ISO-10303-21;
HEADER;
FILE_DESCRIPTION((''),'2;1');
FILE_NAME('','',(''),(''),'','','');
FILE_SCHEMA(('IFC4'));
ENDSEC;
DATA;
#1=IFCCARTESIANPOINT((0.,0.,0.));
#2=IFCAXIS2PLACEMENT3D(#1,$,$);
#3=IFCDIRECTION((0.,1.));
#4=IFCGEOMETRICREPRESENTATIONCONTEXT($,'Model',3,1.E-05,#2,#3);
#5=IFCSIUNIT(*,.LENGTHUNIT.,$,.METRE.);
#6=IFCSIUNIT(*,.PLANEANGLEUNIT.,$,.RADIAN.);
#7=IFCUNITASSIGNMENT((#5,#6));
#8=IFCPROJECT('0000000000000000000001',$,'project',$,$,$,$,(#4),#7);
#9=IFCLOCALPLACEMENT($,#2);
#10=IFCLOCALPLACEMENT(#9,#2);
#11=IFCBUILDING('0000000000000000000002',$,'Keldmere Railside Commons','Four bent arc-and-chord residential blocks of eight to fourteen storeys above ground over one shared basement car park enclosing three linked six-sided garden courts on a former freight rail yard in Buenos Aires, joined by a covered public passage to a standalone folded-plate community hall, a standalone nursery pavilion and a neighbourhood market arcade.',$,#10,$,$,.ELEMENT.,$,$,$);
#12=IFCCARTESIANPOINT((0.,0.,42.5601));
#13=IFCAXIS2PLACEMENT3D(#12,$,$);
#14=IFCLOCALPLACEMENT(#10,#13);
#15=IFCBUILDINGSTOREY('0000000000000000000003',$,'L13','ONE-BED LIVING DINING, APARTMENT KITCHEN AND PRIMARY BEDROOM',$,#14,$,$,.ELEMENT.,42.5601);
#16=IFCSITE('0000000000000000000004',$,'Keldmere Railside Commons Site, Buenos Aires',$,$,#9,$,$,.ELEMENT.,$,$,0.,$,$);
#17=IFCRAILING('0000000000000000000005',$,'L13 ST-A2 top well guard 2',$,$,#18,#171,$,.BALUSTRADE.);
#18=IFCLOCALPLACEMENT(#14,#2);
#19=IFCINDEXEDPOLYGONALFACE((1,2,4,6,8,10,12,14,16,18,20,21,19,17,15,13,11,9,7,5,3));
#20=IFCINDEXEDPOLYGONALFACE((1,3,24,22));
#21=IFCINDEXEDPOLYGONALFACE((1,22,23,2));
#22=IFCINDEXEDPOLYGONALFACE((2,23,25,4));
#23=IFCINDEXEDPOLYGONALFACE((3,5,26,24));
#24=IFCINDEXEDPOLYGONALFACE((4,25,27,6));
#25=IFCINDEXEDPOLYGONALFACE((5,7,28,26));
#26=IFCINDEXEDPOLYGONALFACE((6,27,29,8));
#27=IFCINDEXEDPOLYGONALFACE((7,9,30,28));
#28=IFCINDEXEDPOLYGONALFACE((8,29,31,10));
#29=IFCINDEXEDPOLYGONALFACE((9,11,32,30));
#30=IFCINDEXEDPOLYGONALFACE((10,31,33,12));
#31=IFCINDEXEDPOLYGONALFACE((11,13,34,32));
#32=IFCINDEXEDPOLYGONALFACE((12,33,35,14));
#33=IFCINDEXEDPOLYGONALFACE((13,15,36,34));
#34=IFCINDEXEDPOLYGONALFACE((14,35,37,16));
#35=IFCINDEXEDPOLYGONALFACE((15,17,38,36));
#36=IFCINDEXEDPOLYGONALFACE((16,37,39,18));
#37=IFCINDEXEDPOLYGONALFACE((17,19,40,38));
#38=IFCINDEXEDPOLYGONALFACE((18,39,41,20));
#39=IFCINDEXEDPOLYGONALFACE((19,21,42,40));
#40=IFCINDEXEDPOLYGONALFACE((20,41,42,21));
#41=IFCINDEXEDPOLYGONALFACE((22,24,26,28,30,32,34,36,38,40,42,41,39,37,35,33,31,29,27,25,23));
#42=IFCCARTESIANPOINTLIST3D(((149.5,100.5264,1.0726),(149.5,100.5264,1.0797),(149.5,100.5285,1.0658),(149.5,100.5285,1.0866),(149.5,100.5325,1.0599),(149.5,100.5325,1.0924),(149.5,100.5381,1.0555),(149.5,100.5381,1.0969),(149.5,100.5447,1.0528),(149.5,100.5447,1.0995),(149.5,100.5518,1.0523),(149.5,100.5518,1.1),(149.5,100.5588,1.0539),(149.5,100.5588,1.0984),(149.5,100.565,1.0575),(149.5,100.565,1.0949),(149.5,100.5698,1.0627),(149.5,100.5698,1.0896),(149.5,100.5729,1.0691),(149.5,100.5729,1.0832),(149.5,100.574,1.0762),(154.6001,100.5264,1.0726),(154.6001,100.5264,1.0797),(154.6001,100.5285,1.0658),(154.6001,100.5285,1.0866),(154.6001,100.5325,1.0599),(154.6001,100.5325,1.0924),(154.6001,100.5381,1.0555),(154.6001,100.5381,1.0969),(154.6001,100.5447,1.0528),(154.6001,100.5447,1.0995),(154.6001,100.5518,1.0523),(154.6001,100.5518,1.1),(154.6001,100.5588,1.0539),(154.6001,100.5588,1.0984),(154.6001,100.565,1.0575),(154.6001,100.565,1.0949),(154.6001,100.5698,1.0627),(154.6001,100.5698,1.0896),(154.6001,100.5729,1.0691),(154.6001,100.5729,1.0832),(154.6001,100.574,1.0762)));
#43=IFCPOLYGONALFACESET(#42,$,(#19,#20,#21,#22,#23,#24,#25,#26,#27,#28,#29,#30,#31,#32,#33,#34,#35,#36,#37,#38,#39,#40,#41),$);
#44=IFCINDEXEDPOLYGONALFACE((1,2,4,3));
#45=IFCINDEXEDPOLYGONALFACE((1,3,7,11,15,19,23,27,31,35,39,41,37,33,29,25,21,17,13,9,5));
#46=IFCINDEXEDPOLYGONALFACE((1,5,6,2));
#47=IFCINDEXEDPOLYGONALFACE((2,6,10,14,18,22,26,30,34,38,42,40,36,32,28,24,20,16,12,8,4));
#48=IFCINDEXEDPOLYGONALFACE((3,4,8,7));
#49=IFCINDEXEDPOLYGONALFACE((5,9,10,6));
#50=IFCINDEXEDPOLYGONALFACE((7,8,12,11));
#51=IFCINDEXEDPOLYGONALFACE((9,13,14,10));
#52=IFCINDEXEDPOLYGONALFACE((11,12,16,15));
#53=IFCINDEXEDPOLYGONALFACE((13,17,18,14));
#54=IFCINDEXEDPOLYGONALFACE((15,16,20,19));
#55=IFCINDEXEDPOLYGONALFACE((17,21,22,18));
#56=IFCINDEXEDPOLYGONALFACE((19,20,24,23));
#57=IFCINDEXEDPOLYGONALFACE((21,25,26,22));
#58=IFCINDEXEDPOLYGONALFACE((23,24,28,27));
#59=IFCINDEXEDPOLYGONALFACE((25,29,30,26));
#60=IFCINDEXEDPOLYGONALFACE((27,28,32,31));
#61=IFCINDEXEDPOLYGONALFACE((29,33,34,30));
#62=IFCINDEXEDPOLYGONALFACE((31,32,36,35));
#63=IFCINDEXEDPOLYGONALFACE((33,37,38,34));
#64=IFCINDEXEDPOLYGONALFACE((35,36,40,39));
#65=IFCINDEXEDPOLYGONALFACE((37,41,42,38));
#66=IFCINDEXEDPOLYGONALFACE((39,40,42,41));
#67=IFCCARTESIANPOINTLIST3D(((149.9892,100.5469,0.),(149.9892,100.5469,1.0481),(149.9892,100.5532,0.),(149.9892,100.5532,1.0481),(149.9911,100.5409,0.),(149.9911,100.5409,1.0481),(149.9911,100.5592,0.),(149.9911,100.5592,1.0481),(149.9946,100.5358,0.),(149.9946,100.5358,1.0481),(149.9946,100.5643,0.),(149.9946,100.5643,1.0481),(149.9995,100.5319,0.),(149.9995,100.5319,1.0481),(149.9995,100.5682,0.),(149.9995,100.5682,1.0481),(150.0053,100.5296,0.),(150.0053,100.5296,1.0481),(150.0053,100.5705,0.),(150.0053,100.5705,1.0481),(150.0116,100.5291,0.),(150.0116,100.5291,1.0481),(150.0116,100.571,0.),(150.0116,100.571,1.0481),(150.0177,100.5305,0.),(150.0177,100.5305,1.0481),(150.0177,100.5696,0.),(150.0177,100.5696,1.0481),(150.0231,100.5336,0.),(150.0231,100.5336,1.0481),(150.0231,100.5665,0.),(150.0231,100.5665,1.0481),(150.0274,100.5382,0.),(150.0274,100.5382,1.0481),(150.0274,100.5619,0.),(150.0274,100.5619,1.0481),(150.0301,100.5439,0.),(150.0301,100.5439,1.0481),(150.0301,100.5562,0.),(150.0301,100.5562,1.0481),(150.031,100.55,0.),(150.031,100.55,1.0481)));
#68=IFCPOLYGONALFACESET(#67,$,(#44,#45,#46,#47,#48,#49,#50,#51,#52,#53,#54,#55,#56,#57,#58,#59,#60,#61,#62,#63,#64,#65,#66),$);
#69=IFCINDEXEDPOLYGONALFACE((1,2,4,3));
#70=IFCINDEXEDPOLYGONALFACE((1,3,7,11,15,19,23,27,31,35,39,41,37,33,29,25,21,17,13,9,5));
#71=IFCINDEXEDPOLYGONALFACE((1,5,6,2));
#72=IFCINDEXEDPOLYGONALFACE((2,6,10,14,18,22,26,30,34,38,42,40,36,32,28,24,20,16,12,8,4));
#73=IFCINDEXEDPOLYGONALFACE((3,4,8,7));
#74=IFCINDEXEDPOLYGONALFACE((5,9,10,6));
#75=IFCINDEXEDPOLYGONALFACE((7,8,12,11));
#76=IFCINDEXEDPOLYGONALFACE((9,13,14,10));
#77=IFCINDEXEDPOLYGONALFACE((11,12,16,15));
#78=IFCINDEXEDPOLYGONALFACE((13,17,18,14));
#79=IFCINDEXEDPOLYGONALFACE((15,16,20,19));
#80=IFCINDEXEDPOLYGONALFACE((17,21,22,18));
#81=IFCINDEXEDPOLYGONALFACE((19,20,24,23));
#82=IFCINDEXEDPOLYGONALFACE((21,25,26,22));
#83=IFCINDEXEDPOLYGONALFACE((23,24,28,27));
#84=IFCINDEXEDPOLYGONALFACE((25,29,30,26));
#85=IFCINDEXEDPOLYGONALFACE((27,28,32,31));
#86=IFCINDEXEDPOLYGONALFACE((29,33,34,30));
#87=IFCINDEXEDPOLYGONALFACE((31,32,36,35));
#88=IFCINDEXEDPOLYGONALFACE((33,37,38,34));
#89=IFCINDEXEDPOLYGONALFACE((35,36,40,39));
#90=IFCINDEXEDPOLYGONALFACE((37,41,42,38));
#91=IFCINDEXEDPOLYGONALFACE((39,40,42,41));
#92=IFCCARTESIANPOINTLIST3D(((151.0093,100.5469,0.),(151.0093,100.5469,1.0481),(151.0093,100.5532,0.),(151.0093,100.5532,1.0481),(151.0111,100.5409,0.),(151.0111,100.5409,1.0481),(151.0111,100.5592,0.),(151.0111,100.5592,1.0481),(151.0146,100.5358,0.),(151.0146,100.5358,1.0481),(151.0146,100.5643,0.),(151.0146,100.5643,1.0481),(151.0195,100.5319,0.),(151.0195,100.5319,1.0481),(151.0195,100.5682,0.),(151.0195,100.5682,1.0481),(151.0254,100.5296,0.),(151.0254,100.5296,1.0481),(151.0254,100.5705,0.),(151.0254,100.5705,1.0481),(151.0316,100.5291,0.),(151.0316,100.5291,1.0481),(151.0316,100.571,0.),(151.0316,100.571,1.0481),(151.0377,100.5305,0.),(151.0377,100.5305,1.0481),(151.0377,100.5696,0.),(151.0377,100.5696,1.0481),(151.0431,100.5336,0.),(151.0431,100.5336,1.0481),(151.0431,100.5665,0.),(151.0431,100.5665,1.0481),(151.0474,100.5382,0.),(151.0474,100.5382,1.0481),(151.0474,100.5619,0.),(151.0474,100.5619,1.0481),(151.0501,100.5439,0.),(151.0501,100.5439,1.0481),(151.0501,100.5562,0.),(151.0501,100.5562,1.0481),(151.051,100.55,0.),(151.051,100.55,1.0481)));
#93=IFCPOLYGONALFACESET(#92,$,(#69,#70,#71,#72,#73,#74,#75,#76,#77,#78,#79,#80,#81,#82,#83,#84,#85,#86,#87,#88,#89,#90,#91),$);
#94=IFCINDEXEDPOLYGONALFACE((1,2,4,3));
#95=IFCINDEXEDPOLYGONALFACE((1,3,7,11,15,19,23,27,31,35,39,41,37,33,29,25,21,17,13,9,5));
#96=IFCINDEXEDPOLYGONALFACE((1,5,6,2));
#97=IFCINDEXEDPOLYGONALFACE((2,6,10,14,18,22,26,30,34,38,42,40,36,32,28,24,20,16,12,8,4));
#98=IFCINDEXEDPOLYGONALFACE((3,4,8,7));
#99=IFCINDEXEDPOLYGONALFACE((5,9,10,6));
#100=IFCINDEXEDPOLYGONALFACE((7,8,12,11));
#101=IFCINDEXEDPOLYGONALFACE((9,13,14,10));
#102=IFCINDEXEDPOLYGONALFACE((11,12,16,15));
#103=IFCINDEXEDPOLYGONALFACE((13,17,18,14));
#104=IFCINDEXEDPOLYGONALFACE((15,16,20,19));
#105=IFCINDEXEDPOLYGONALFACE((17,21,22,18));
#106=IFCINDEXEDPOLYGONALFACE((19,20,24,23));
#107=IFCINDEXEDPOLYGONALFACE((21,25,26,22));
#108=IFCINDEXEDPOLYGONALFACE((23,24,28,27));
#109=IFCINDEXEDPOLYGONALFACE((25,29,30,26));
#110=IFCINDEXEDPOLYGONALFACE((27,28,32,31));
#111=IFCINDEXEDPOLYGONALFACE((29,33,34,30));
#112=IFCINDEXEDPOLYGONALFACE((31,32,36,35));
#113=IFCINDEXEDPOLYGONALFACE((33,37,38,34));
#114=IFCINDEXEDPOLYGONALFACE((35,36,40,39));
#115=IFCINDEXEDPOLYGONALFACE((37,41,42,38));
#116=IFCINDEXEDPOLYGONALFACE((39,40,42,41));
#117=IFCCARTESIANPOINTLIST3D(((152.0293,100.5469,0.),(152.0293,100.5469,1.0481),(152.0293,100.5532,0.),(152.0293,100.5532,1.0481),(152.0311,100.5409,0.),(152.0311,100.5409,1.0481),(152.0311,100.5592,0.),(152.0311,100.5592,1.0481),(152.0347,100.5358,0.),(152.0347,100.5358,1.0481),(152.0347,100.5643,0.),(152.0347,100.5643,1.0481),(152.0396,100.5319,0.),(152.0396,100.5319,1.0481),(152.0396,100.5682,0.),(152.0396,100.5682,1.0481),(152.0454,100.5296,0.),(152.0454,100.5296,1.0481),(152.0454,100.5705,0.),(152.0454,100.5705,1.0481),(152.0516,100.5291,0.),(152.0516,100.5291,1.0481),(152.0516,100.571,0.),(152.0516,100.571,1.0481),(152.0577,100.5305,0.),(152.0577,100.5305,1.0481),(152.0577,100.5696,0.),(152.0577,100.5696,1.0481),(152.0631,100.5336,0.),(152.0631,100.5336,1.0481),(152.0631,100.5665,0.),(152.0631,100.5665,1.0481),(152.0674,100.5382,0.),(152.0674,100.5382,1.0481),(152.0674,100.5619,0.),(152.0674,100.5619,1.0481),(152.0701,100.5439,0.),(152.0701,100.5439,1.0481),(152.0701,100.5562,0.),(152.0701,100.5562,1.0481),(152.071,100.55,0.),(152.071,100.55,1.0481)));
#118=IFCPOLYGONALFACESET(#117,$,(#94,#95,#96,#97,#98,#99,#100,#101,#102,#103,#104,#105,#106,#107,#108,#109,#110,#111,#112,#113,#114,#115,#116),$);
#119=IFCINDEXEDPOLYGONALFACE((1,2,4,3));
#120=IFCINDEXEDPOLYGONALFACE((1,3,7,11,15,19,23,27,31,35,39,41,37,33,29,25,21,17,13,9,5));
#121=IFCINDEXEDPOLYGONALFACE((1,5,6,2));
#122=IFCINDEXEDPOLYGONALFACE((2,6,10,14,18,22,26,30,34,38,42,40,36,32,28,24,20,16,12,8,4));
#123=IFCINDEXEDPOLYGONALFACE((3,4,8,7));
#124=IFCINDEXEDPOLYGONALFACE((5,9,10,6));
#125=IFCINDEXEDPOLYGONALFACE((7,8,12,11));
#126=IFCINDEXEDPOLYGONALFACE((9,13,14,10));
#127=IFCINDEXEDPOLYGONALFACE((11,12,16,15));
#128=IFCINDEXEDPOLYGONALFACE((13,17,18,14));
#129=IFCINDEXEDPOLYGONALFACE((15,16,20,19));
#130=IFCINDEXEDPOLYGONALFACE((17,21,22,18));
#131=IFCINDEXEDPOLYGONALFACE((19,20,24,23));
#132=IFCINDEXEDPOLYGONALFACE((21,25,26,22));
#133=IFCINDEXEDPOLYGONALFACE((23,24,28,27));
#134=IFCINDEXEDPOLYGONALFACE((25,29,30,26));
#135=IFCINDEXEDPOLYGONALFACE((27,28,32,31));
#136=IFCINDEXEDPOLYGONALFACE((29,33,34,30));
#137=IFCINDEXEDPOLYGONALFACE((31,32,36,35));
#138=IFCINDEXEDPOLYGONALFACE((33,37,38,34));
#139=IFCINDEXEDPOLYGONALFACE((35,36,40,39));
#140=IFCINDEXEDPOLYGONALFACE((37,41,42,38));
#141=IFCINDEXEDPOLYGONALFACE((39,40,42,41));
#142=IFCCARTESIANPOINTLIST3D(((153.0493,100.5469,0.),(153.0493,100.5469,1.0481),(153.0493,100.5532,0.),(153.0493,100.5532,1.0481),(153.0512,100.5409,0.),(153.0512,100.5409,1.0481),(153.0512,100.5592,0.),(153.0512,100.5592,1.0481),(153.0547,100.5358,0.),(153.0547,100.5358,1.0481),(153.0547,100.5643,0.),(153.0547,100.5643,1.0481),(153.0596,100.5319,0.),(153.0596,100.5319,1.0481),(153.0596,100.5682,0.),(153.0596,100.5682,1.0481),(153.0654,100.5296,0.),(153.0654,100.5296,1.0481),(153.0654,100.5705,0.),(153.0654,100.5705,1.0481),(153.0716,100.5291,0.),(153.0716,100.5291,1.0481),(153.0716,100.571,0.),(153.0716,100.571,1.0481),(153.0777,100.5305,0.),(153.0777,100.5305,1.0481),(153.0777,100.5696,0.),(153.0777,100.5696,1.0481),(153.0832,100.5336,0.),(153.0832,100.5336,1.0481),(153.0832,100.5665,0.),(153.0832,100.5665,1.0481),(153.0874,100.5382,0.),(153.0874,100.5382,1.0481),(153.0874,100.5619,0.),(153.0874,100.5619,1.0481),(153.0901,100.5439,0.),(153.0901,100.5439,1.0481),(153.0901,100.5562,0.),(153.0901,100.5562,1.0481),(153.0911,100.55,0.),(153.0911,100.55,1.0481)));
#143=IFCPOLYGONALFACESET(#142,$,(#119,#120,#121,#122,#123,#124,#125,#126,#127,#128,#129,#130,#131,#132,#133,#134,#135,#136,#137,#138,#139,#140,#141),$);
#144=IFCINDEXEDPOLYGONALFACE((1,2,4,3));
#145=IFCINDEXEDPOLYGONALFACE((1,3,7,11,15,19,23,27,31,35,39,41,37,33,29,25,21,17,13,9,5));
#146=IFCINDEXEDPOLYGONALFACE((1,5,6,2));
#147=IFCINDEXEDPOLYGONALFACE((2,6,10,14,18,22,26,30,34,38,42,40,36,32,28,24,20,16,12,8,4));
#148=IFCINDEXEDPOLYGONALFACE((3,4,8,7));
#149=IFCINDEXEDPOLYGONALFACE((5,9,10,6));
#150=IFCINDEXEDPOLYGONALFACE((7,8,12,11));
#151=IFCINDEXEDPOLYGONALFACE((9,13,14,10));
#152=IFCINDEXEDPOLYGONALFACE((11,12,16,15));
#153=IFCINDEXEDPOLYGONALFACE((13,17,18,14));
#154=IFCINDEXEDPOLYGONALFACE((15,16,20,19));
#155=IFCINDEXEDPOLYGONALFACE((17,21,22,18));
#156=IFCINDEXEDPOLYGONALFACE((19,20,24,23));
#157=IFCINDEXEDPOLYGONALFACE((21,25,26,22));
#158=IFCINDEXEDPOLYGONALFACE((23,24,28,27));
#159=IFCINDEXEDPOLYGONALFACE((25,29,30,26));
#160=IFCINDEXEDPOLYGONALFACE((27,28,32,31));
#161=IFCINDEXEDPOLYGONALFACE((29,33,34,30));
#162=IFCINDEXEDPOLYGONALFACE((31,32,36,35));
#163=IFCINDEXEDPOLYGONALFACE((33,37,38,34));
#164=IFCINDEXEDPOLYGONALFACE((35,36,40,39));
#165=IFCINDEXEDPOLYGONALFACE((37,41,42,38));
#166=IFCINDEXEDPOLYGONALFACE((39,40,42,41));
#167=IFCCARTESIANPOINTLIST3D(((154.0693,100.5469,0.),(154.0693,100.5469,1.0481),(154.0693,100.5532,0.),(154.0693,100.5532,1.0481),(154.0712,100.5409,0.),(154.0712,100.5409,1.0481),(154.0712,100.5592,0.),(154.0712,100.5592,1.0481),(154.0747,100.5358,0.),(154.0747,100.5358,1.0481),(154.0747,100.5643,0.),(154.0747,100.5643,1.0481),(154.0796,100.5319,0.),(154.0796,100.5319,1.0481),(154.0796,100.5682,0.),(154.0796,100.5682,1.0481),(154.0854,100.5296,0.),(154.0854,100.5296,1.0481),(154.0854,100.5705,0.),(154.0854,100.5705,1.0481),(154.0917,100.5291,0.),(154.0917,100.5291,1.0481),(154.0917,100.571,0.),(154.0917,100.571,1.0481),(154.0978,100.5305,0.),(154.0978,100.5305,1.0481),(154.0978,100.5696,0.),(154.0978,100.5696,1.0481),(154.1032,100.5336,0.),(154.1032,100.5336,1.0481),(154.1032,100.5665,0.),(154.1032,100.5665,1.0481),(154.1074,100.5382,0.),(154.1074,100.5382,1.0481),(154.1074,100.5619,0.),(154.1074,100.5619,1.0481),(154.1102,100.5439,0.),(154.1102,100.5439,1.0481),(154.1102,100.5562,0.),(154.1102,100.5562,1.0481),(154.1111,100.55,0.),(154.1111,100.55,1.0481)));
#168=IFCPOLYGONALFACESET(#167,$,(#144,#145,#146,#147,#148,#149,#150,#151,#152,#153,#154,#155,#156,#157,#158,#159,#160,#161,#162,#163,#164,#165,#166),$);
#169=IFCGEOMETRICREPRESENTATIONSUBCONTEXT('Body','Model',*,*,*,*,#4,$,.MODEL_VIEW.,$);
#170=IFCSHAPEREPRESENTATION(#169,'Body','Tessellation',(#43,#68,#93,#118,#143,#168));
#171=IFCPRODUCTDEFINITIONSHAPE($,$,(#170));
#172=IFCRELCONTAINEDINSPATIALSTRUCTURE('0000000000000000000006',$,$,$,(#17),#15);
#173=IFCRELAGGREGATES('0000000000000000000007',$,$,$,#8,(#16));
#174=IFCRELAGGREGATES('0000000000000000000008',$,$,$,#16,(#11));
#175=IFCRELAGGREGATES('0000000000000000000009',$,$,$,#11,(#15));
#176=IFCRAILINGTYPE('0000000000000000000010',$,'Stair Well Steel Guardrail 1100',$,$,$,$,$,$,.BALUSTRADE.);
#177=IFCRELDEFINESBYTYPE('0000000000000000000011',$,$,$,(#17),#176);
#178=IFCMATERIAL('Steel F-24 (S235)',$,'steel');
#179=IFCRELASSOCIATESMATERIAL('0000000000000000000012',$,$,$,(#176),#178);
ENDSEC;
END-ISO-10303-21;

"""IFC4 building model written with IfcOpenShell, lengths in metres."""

from ifc_helpers import new_model, si_unit, direction, frame, origin, origin_2d, place, context, subcontext, project, spatial, circle, extrude, material, type_object, element, save


model = new_model("IFC4")

# Units and contexts
model_context = context("Model", 3, precision=1e-05, world=origin(), true_north=direction((0.0, 1.0)))
body_context = subcontext(model_context, "Body", "Model", "MODEL_VIEW")
ifc_project = project(units=[si_unit("LENGTHUNIT", "METRE"), si_unit("PLANEANGLEUNIT", "RADIAN")], contexts=[model_context])

# Site, building, storey
site_placement = place(None, origin())
site = spatial("IfcSite", under=ifc_project, at=site_placement, Name="Keldmere Railside Commons Site, Buenos Aires", CompositionType="ELEMENT", RefElevation=0.0)
building_placement = place(site_placement, origin())
building = spatial("IfcBuilding", under=site, at=building_placement, Name="Keldmere Railside Commons", Description="Four bent arc-and-chord residential blocks of eight to fourteen storeys above ground over one shared basement car park enclosing three linked six-sided garden courts on a former freight rail yard in Buenos Aires, joined by a covered public passage to a standalone folded-plate community hall, a standalone nursery pavilion and a neighbourhood market arcade.", CompositionType="ELEMENT")
storey_placement = place(building_placement, frame((0.0, 0.0, 42.5601)))
storey = spatial("IfcBuildingStorey", under=building, at=storey_placement, Name="L13", Description="ONE-BED LIVING DINING, APARTMENT KITCHEN AND PRIMARY BEDROOM", CompositionType="ELEMENT", Elevation=42.5601)

# Railing
ifc_material_1 = material(Name="Steel F-24 (S235)", Category="steel")
railing_type_1 = type_object("IfcRailingType", Name="Stair Well Steel Guardrail 1100", PredefinedType="BALUSTRADE", material=ifc_material_1)
for number, where, name in (
    (1, (149.5, 100.55, 0.0), "L13 ST-A2 top well guard 2"),
):
    element("IfcRailing", number, at=place(storey_placement, frame(where)), inside=storey, type_object=railing_type_1, Name=name, PredefinedType="BALUSTRADE", context=body_context, shape_type="SweptSolid", body=[
        extrude(circle(Radius=0.0239, at=origin_2d()), frame((0.0, 0.0, 1.0762), z_axis=(1.0, 0.0, 0.0), x_axis=(0.0, 1.0, 0.0)), (0.0, 0.0, 1.0), 5.1001),
        extrude(circle(Radius=0.021, at=origin_2d()), frame((0.51, 0.0, 0.0)), (0.0, 0.0, 1.0), 1.0481),
        extrude(circle(Radius=0.021, at=origin_2d()), frame((1.53, 0.0, 0.0)), (0.0, 0.0, 1.0), 1.0481),
        extrude(circle(Radius=0.021, at=origin_2d()), frame((2.55, 0.0, 0.0)), (0.0, 0.0, 1.0), 1.0481),
        extrude(circle(Radius=0.021, at=origin_2d()), frame((3.5701, 0.0, 0.0)), (0.0, 0.0, 1.0), 1.0481),
        extrude(circle(Radius=0.021, at=origin_2d()), frame((4.5901, 0.0, 0.0)), (0.0, 0.0, 1.0), 1.0481),
    ])

save(model, "model.ifc")
